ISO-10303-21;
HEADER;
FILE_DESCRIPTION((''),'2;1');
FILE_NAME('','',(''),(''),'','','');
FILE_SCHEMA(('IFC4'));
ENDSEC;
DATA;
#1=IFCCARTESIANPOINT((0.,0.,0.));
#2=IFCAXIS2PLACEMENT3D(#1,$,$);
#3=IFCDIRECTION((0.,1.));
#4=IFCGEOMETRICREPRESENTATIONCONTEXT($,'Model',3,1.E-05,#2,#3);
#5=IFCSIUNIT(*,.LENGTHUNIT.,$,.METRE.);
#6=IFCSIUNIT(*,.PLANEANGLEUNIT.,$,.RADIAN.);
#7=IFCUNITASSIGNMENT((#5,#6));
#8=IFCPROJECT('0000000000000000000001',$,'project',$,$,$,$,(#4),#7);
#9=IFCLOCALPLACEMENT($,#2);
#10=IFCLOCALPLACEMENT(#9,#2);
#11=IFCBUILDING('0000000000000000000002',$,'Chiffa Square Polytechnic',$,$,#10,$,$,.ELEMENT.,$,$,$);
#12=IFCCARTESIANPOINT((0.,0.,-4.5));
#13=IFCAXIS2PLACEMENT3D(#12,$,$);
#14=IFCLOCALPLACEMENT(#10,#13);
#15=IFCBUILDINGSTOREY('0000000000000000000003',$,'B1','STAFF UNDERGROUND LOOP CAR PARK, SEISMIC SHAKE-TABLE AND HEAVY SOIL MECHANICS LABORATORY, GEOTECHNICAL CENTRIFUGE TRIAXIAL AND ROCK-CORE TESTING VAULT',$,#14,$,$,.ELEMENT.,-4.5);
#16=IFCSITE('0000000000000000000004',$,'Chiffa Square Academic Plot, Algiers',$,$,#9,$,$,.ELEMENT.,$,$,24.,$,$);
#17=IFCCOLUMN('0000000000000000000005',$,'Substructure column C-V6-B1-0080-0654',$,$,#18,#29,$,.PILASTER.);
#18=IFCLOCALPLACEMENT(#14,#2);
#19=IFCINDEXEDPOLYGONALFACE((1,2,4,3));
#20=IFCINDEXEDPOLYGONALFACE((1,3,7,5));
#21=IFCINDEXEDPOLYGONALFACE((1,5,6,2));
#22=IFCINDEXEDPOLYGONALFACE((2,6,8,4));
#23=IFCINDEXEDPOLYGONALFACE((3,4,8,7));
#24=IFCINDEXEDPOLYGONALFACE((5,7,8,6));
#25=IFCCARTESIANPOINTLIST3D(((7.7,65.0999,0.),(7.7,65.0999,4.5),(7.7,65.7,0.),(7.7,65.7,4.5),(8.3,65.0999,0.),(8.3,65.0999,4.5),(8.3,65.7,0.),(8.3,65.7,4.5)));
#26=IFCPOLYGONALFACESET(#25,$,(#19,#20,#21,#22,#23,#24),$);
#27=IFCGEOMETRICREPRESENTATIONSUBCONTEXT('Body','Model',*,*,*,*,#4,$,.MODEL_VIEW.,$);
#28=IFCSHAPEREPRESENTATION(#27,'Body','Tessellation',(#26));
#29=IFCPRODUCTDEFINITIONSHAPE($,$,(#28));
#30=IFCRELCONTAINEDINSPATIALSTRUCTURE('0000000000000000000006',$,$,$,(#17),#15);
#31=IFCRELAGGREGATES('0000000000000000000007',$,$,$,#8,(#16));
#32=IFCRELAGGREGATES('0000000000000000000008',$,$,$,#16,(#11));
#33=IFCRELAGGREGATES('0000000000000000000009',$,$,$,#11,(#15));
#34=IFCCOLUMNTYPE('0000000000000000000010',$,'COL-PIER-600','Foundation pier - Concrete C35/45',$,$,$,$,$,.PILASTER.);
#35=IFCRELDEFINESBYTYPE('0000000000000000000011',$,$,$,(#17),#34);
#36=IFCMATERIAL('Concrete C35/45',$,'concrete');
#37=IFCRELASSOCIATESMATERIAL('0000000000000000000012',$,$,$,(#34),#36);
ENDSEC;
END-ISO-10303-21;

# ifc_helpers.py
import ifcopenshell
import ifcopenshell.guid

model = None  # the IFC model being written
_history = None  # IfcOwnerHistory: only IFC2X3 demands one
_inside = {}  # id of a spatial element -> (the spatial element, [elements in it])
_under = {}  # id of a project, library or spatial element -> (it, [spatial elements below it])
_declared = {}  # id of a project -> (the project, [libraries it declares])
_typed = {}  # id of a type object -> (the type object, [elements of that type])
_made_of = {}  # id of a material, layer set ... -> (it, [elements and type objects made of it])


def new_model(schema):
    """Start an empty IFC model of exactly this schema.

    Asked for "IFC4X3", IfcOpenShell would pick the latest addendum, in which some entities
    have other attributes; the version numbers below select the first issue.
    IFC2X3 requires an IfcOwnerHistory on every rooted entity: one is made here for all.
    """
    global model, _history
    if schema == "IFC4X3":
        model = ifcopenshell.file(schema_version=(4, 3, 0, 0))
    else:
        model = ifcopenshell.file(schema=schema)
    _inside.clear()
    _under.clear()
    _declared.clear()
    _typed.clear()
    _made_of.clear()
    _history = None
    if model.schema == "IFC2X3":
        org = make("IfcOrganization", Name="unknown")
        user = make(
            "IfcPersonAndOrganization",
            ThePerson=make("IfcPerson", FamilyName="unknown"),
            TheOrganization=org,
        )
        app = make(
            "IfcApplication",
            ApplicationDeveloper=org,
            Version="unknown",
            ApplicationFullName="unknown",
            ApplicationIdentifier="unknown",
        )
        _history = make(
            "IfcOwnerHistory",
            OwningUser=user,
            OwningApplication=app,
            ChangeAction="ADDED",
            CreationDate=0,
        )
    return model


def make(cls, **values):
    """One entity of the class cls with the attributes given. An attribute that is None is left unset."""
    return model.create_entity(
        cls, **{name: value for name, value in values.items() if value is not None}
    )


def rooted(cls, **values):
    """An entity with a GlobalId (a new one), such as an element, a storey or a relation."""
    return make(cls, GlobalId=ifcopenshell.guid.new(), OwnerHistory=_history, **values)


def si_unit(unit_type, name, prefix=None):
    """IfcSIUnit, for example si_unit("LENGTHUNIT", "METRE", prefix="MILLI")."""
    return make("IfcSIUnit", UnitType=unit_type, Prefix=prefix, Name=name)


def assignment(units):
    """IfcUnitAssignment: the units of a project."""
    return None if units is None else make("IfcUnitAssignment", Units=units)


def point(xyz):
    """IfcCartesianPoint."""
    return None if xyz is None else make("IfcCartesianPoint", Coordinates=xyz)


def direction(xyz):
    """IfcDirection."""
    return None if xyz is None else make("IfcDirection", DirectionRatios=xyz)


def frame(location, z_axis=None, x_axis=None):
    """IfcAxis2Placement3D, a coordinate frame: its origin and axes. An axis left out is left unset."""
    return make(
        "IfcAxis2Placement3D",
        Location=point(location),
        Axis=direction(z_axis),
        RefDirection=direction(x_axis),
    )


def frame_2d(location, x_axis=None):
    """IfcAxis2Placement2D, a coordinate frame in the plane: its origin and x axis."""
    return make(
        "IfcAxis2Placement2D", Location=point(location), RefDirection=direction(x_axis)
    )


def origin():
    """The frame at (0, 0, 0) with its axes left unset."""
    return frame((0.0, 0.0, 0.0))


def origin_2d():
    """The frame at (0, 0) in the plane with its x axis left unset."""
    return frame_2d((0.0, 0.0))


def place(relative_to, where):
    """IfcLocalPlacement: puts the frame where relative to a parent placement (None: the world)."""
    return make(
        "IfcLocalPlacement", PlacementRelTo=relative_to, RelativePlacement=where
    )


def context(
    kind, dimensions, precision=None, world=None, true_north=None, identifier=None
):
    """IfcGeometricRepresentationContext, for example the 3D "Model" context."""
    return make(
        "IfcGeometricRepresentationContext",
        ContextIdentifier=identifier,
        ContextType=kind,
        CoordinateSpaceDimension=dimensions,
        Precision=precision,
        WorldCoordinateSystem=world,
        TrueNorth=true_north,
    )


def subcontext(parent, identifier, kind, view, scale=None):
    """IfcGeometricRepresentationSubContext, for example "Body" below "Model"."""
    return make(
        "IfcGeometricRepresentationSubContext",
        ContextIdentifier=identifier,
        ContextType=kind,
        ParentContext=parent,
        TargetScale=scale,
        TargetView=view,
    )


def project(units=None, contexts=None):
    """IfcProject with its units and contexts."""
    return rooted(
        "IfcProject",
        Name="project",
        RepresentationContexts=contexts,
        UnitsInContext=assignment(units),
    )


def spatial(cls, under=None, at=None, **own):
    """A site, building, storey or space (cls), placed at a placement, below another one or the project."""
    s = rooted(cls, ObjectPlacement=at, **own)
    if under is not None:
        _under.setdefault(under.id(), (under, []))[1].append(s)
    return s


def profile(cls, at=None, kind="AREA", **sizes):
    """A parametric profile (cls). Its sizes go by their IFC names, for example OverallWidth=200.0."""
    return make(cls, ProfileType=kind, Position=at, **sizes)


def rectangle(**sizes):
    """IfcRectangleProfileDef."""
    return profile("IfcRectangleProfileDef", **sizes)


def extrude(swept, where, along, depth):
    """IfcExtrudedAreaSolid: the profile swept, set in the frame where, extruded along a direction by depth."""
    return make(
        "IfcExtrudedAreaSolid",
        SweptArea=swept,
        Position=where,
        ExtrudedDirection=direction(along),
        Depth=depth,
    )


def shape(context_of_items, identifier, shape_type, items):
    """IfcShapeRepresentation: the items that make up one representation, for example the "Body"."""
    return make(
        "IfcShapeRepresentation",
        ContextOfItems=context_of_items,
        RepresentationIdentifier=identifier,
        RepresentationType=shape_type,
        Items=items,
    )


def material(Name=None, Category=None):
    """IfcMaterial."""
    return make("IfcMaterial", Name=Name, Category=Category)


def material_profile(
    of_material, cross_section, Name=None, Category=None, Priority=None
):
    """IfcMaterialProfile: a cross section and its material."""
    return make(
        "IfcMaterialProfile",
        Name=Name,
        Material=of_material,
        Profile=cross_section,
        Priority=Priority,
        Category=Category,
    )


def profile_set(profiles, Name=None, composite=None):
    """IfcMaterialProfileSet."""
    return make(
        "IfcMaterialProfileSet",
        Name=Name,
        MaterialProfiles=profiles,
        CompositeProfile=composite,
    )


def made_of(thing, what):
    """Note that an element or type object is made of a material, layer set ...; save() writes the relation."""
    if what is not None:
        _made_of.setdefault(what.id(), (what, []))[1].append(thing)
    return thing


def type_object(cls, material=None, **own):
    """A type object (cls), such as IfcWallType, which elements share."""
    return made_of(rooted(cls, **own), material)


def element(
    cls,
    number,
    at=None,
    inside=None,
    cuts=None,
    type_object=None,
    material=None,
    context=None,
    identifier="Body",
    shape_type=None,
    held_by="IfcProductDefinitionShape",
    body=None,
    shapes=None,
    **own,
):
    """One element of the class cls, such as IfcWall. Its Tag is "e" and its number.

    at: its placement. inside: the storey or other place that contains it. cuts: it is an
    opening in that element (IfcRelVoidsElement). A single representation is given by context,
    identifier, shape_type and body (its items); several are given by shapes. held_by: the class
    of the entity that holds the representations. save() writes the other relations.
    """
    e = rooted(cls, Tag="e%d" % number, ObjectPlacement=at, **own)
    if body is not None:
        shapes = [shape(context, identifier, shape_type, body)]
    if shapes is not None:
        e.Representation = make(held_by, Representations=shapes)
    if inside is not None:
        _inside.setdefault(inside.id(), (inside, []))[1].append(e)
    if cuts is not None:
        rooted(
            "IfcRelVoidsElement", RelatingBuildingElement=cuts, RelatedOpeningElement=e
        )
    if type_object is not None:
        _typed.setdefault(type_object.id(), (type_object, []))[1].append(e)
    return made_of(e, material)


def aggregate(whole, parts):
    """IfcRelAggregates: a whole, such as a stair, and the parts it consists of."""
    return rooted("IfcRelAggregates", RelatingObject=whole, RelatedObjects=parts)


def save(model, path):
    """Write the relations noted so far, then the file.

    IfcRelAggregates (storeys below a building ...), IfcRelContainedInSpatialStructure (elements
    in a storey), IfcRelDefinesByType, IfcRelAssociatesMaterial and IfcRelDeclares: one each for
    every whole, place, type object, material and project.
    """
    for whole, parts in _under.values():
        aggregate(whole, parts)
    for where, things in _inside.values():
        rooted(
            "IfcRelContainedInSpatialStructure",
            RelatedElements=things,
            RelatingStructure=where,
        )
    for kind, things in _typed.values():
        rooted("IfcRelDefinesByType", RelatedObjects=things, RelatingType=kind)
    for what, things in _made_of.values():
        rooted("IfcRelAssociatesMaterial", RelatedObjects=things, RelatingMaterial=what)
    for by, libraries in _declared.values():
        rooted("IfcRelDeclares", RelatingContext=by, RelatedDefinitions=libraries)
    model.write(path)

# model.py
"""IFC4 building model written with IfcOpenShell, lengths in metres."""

from ifc_helpers import new_model, si_unit, direction, frame, origin, origin_2d, place, context, subcontext, project, spatial, rectangle, extrude, material, material_profile, profile_set, type_object, element, save


model = new_model("IFC4")

# Units and contexts
model_context = context("Model", 3, precision=1e-05, world=origin(), true_north=direction((0.0, 1.0)))
body_context = subcontext(model_context, "Body", "Model", "MODEL_VIEW")
ifc_project = project(units=[si_unit("LENGTHUNIT", "METRE"), si_unit("PLANEANGLEUNIT", "RADIAN")], contexts=[model_context])

# Site, building, storey
site_placement = place(None, origin())
site = spatial("IfcSite", under=ifc_project, at=site_placement, Name="Chiffa Square Academic Plot, Algiers", CompositionType="ELEMENT", RefElevation=24.0)
building_placement = place(site_placement, origin())
building = spatial("IfcBuilding", under=site, at=building_placement, Name="Chiffa Square Polytechnic", CompositionType="ELEMENT")
storey_placement = place(building_placement, frame((0.0, 0.0, -4.5)))
storey = spatial("IfcBuildingStorey", under=building, at=storey_placement, Name="B1", Description="STAFF UNDERGROUND LOOP CAR PARK, SEISMIC SHAKE-TABLE AND HEAVY SOIL MECHANICS LABORATORY, GEOTECHNICAL CENTRIFUGE TRIAXIAL AND ROCK-CORE TESTING VAULT", CompositionType="ELEMENT", Elevation=-4.5)

# Shared definitions
ifc_material = material(Name="Concrete C35/45", Category="concrete")

# Column
ifc_material_profile_1 = material_profile(ifc_material, rectangle(XDim=0.6001, YDim=0.6001, at=origin_2d()), Name="RC 600x600")
ifc_profile_set_1 = profile_set([ifc_material_profile_1], Name="Concrete C35/45")
column_type_1 = type_object("IfcColumnType", Name="COL-PIER-600", Description="Foundation pier - Concrete C35/45", PredefinedType="PILASTER", material=ifc_profile_set_1)
for number, where, z_axis, x_axis, name in (
    (1, (8.0, 65.3999, 0.0), (0.0, 0.0, 1.0), (1.0, 0.0, 0.0), "Substructure column C-V6-B1-0080-0654"),
):
    element("IfcColumn", number, at=place(storey_placement, frame(where, z_axis=z_axis, x_axis=x_axis)), inside=storey, type_object=column_type_1, Name=name, PredefinedType="PILASTER", context=body_context, shape_type="SweptSolid", body=[
        extrude(rectangle(XDim=0.6001, YDim=0.6001, at=origin_2d()), origin(), (0.0, 0.0, 1.0), 4.5),
    ])

save(model, "model.ifc")
